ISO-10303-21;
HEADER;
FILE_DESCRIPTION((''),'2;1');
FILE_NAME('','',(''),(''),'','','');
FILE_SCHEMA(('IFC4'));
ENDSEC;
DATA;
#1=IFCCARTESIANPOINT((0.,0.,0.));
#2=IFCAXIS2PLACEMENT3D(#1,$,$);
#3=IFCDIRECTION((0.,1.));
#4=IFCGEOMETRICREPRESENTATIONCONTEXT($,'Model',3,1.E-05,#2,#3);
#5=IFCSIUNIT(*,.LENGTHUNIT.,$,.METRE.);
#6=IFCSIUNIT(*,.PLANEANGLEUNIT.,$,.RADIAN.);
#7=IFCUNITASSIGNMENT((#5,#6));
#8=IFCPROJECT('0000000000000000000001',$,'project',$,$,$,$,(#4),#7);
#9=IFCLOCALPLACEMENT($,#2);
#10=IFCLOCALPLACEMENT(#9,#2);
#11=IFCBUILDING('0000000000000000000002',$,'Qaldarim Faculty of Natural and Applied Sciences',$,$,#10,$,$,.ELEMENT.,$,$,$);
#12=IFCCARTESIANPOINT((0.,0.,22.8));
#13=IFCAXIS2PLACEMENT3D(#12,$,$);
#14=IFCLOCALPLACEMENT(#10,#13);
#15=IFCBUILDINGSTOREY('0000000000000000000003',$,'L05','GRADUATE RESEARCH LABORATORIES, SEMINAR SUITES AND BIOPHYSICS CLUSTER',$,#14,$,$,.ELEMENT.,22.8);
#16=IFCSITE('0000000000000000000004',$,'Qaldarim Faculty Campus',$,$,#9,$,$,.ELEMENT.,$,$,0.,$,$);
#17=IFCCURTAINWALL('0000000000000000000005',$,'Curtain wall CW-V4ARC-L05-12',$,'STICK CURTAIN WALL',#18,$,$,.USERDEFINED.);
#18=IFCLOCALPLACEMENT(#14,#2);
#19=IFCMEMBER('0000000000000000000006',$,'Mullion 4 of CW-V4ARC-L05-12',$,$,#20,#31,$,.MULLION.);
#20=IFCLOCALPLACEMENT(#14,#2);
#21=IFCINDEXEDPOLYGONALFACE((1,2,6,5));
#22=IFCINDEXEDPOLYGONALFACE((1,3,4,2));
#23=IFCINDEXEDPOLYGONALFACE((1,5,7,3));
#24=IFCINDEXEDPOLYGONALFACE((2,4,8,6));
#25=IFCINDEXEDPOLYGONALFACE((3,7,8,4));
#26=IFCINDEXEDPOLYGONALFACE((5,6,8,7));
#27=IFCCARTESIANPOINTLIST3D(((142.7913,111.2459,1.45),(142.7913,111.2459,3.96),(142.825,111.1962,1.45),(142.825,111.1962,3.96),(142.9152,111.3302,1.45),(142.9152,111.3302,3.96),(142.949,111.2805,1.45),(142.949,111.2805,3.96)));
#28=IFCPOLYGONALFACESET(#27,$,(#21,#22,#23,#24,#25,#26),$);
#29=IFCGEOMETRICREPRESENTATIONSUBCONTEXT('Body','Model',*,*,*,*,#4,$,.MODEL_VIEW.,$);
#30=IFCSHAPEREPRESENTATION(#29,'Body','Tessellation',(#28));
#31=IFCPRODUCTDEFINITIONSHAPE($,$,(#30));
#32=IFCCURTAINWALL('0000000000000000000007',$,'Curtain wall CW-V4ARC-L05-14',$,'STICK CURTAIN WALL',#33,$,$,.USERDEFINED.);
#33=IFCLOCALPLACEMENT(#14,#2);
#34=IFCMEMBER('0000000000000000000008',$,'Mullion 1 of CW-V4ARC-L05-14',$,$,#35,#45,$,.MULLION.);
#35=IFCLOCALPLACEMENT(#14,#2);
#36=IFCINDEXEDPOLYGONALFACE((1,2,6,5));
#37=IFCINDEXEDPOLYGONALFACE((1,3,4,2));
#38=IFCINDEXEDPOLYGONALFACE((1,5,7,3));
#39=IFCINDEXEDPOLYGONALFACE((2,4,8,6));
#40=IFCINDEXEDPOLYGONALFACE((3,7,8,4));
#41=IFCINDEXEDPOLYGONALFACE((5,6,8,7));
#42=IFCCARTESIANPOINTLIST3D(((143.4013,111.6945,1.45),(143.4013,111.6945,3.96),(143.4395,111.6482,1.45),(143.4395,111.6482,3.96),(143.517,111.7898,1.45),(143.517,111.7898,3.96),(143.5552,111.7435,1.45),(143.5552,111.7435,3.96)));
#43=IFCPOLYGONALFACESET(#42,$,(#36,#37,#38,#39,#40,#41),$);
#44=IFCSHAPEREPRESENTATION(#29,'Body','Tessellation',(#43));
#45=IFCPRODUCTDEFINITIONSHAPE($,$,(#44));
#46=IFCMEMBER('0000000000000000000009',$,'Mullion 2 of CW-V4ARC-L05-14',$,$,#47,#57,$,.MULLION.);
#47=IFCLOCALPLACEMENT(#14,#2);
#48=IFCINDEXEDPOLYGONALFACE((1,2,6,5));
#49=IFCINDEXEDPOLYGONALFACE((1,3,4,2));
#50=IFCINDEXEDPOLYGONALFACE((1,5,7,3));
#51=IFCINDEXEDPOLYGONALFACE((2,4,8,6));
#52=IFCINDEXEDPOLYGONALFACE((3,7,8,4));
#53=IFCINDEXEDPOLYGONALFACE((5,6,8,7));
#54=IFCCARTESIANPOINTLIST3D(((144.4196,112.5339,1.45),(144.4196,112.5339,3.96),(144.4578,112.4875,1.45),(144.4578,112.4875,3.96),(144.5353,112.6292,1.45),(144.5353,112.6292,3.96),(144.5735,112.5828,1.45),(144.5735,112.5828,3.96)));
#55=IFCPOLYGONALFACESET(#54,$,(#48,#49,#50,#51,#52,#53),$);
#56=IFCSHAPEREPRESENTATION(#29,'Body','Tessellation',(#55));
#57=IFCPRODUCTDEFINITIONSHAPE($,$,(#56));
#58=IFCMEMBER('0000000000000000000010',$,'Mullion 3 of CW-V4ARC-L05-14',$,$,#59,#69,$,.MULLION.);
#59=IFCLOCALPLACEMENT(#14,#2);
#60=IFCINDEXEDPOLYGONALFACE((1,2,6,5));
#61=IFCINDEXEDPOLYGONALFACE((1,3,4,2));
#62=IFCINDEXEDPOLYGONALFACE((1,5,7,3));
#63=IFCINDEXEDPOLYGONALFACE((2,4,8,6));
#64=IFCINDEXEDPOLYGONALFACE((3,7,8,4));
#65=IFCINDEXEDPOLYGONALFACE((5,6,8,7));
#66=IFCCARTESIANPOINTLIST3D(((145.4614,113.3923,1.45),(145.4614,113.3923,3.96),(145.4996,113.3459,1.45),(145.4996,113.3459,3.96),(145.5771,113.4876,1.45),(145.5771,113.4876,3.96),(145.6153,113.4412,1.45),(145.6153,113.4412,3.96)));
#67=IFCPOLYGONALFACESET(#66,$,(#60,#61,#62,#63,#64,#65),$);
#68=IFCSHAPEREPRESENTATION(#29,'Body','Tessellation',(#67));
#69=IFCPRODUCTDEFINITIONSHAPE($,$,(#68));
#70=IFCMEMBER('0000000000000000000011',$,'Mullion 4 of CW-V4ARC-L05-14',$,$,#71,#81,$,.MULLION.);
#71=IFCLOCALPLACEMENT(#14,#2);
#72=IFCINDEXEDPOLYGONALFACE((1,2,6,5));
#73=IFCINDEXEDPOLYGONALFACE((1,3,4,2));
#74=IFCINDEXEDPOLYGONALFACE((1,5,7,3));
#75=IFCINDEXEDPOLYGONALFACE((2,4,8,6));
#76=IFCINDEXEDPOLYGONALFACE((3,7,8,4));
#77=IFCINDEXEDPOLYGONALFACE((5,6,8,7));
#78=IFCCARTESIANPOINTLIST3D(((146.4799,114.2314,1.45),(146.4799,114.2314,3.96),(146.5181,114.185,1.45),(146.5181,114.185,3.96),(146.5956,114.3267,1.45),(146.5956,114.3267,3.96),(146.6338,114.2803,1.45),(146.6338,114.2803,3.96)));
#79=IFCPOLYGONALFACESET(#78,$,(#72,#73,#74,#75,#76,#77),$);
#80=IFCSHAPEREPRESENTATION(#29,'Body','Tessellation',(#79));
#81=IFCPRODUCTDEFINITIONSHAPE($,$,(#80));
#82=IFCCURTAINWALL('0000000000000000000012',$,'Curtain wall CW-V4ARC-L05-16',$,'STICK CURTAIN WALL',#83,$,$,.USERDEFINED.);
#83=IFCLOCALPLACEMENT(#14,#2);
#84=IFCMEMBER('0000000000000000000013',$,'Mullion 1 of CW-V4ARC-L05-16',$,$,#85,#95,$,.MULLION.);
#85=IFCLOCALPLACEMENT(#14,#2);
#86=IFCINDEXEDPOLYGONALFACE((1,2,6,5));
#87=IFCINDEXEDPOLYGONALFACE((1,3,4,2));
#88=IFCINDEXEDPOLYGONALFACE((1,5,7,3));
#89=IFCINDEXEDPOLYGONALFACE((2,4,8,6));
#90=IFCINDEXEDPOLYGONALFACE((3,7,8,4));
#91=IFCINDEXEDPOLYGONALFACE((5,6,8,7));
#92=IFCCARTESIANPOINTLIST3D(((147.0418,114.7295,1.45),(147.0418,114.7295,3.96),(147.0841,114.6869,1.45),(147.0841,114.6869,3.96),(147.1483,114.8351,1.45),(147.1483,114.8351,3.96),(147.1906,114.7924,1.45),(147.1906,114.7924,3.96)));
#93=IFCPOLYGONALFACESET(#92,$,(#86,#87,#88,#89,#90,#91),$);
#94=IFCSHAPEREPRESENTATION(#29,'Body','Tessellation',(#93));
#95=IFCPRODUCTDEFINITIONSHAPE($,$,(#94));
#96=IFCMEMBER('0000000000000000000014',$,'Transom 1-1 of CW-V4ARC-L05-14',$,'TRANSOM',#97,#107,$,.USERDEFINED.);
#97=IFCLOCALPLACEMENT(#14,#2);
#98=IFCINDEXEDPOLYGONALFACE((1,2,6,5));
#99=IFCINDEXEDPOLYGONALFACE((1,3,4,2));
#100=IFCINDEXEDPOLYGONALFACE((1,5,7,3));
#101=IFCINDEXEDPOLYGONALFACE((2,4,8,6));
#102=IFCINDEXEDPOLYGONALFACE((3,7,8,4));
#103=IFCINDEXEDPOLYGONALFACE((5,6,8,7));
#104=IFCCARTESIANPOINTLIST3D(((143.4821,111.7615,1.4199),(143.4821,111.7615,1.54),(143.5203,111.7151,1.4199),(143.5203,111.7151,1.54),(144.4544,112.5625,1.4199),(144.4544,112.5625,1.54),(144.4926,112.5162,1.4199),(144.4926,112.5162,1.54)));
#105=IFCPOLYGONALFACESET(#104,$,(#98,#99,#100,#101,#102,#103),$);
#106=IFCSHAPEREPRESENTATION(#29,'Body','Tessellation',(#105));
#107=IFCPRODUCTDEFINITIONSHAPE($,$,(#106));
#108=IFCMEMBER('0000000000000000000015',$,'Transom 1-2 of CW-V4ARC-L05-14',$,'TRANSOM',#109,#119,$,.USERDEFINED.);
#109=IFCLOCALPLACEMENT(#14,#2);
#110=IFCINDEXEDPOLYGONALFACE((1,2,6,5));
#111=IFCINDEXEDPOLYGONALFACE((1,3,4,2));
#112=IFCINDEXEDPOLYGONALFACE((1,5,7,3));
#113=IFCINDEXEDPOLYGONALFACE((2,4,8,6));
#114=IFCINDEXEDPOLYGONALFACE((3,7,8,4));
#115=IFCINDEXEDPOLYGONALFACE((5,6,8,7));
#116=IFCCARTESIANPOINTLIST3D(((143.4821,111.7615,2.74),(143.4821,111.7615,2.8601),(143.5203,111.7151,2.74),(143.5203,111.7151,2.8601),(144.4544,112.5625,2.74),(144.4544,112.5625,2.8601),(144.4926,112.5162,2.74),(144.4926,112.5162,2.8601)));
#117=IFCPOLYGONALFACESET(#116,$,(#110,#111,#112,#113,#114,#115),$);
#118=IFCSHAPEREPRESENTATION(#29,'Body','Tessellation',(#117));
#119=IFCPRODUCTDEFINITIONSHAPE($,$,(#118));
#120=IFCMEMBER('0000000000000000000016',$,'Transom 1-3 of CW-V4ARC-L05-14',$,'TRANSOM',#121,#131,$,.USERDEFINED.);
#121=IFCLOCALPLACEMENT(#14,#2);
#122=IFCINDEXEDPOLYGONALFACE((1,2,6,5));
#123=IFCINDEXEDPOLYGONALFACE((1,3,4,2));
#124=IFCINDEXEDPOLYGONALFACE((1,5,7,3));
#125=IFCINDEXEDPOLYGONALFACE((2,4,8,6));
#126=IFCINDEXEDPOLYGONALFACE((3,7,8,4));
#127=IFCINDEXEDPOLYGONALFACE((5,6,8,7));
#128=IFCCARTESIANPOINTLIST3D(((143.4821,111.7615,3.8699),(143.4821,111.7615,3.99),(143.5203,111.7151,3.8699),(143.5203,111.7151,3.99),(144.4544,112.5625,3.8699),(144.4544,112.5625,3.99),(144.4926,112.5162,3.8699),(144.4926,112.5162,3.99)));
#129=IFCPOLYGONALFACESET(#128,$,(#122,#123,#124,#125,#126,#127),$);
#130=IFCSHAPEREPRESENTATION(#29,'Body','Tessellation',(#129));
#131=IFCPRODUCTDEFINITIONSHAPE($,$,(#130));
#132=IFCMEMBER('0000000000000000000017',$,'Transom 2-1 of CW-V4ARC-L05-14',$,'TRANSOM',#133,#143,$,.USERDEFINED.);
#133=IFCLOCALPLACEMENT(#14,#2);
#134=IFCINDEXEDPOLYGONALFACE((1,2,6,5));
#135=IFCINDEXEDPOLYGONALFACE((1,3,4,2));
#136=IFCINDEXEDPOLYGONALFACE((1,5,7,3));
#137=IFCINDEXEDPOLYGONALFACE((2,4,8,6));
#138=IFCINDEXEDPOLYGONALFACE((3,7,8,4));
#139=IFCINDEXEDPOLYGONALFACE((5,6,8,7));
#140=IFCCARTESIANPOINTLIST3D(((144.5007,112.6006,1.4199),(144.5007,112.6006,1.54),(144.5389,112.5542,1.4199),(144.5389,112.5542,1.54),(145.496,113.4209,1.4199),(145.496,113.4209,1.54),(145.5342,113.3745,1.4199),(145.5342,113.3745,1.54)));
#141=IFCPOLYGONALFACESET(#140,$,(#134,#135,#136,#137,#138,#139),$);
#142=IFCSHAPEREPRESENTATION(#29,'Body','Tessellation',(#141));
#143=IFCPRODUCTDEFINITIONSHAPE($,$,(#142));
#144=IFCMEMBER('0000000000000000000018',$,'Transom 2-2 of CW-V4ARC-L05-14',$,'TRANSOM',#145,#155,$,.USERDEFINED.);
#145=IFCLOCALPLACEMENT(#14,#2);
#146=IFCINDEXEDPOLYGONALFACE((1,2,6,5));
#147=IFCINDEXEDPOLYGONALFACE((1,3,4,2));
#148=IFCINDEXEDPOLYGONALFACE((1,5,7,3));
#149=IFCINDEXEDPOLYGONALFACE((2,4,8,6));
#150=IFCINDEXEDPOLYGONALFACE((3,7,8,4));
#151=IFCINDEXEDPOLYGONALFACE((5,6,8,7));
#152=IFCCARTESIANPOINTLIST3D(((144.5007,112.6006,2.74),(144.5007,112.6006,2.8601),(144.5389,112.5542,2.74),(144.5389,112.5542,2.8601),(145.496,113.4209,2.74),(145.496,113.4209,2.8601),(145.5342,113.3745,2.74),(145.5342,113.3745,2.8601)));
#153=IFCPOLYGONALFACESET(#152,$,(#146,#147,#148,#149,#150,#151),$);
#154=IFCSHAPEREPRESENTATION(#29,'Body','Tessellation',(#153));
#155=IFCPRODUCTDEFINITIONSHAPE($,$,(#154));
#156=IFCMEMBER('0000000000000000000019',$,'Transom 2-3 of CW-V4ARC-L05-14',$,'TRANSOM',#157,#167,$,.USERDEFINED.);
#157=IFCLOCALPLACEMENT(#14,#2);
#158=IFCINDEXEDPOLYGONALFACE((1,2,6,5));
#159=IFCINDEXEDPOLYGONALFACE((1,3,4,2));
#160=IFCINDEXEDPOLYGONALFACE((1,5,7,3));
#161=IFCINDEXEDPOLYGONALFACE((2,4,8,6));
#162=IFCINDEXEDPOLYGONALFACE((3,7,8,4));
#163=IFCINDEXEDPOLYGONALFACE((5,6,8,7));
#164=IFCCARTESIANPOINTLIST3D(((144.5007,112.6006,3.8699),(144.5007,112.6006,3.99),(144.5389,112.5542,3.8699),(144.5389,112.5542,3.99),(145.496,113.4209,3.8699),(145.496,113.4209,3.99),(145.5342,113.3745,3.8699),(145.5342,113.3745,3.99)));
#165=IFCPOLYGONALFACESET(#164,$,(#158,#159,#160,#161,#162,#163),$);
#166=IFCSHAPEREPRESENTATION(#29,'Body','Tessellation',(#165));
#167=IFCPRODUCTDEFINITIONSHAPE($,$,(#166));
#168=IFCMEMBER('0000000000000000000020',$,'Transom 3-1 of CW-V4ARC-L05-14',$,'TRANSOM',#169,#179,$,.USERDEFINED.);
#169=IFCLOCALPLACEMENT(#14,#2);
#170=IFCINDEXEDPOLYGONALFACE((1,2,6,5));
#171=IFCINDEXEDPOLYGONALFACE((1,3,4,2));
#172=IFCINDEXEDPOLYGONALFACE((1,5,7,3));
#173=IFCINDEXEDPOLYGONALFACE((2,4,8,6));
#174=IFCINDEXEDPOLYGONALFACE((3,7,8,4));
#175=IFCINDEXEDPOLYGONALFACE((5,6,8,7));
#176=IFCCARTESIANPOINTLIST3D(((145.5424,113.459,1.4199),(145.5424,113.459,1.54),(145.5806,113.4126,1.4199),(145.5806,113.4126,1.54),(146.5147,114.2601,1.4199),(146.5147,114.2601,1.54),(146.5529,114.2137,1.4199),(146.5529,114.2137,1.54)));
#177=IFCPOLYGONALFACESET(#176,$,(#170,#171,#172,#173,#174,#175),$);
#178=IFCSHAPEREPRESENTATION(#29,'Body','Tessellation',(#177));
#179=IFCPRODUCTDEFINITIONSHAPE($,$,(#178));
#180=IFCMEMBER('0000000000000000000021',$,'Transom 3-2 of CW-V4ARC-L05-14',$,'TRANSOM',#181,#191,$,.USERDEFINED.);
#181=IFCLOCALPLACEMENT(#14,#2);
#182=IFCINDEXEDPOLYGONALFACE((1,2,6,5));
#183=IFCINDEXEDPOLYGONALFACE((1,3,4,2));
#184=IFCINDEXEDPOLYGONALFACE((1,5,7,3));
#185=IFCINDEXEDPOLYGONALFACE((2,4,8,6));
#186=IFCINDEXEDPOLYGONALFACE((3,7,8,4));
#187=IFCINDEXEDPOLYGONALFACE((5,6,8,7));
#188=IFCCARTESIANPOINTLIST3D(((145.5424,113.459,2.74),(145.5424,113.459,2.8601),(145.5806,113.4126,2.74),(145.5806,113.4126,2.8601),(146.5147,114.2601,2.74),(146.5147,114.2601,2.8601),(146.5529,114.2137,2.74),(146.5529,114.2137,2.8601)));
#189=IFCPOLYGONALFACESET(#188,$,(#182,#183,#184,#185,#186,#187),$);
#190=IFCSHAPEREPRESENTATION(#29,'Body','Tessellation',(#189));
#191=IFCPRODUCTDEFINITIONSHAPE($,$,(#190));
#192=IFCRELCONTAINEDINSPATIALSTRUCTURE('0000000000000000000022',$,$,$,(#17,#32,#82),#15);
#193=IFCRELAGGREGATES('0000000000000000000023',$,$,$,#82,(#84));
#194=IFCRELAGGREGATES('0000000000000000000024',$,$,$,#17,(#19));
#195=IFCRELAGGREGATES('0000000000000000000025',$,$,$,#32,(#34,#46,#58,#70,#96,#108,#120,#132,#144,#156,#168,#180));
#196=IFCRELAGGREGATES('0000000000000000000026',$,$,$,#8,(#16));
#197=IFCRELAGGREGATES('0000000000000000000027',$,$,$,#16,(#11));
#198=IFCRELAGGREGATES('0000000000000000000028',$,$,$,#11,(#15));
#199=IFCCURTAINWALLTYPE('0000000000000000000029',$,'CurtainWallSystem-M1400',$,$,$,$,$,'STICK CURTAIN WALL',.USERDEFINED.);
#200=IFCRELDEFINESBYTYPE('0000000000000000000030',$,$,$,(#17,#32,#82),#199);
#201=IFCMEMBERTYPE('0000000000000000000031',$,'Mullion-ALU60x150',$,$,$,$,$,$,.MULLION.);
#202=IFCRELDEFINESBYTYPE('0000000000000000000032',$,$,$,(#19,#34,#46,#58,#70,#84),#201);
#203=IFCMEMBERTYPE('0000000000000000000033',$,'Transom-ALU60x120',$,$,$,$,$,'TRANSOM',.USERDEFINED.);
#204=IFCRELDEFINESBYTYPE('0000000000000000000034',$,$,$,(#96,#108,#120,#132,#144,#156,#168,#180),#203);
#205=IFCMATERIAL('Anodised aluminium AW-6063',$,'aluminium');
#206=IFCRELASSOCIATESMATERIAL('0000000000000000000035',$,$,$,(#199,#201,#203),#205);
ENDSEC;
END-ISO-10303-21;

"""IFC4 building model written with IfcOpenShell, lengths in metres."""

from ifc_helpers import new_model, si_unit, direction, frame, origin, origin_2d, place, context, subcontext, project, spatial, rectangle, extrude, material, material_profile, profile_set, type_object, element, aggregate, save


model = new_model("IFC4")

# Units and contexts
model_context = context("Model", 3, precision=1e-05, world=origin(), true_north=direction((0.0, 1.0)))
body_context = subcontext(model_context, "Body", "Model", "MODEL_VIEW")
ifc_project = project(units=[si_unit("LENGTHUNIT", "METRE"), si_unit("PLANEANGLEUNIT", "RADIAN")], contexts=[model_context])

# Site, building, storey
site_placement = place(None, origin())
site = spatial("IfcSite", under=ifc_project, at=site_placement, Name="Qaldarim Faculty Campus", CompositionType="ELEMENT", RefElevation=0.0)
building_placement = place(site_placement, origin())
building = spatial("IfcBuilding", under=site, at=building_placement, Name="Qaldarim Faculty of Natural and Applied Sciences", CompositionType="ELEMENT")
storey_placement = place(building_placement, frame((0.0, 0.0, 22.8)))
storey = spatial("IfcBuildingStorey", under=building, at=storey_placement, Name="L05", Description="GRADUATE RESEARCH LABORATORIES, SEMINAR SUITES AND BIOPHYSICS CLUSTER", CompositionType="ELEMENT", Elevation=22.8)

# Curtain wall, member
ifc_material_1 = material(Name="Anodised aluminium AW-6063", Category="aluminium")
curtain_wall_type = type_object("IfcCurtainWallType", Name="CurtainWallSystem-M1400", ElementType="STICK CURTAIN WALL", PredefinedType="USERDEFINED", material=ifc_material_1)
curtain_wall_1_placement = place(storey_placement, origin())
curtain_wall_1 = element("IfcCurtainWall", 1, at=curtain_wall_1_placement, inside=storey, type_object=curtain_wall_type, Name="Curtain wall CW-V4ARC-L05-12", ObjectType="STICK CURTAIN WALL", PredefinedType="USERDEFINED")
ifc_material_profile_1 = material_profile(ifc_material_1, rectangle(XDim=0.0601, YDim=0.1499, at=origin_2d()), Name="ALU-M60x150")
ifc_profile_set_1 = profile_set([ifc_material_profile_1], Name="Anodised aluminium AW-6063")
member_type_1 = type_object("IfcMemberType", Name="Mullion-ALU60x150", PredefinedType="MULLION", material=ifc_profile_set_1)
member_1_placement = place(storey_placement, frame((142.8701, 111.2632, 1.45), z_axis=(0.0, 0.0, 1.0), x_axis=(-0.562372, 0.826884, 0.0)))
member_1 = element("IfcMember", 2, at=member_1_placement, type_object=member_type_1, Name="Mullion 4 of CW-V4ARC-L05-12", PredefinedType="MULLION", context=body_context, shape_type="SweptSolid", body=[
    extrude(rectangle(XDim=0.0601, YDim=0.1499, at=origin_2d()), origin(), (0.0, 0.0, 1.0), 2.51),
])

# Curtain wall, members
curtain_wall_2_placement = place(storey_placement, origin())
curtain_wall_2 = element("IfcCurtainWall", 3, at=curtain_wall_2_placement, inside=storey, type_object=curtain_wall_type, Name="Curtain wall CW-V4ARC-L05-14", ObjectType="STICK CURTAIN WALL", PredefinedType="USERDEFINED")
member_2_placement = place(storey_placement, frame((143.4783, 111.719, 1.45), z_axis=(0.0, 0.0, 1.0), x_axis=(-0.63593, 0.771747, 0.0)))
member_2 = element("IfcMember", 4, at=member_2_placement, type_object=member_type_1, Name="Mullion 1 of CW-V4ARC-L05-14", PredefinedType="MULLION", context=body_context, shape_type="SweptSolid", body=[
    extrude(rectangle(XDim=0.0601, YDim=0.1499, at=origin_2d()), origin(), (0.0, 0.0, 1.0), 2.51),
])
member_3_placement = place(storey_placement, frame((144.4966, 112.5583, 1.45), z_axis=(0.0, 0.0, 1.0), x_axis=(-0.63593, 0.771747, 0.0)))
member_3 = element("IfcMember", 5, at=member_3_placement, type_object=member_type_1, Name="Mullion 2 of CW-V4ARC-L05-14", PredefinedType="MULLION", context=body_context, shape_type="SweptSolid", body=[
    extrude(rectangle(XDim=0.0601, YDim=0.1499, at=origin_2d()), origin(), (0.0, 0.0, 1.0), 2.51),
])
member_4_placement = place(storey_placement, frame((145.5383, 113.4167, 1.45), z_axis=(0.0, 0.0, 1.0), x_axis=(-0.63593, 0.771747, 0.0)))
member_4 = element("IfcMember", 6, at=member_4_placement, type_object=member_type_1, Name="Mullion 3 of CW-V4ARC-L05-14", PredefinedType="MULLION", context=body_context, shape_type="SweptSolid", body=[
    extrude(rectangle(XDim=0.0601, YDim=0.1499, at=origin_2d()), origin(), (0.0, 0.0, 1.0), 2.51),
])
member_5_placement = place(storey_placement, frame((146.5569, 114.2559, 1.45), z_axis=(0.0, 0.0, 1.0), x_axis=(-0.63593, 0.771747, 0.0)))
member_5 = element("IfcMember", 7, at=member_5_placement, type_object=member_type_1, Name="Mullion 4 of CW-V4ARC-L05-14", PredefinedType="MULLION", context=body_context, shape_type="SweptSolid", body=[
    extrude(rectangle(XDim=0.0601, YDim=0.1499, at=origin_2d()), origin(), (0.0, 0.0, 1.0), 2.51),
])

# Curtain wall, member
curtain_wall_3_placement = place(storey_placement, origin())
curtain_wall_3 = element("IfcCurtainWall", 8, at=curtain_wall_3_placement, inside=storey, type_object=curtain_wall_type, Name="Curtain wall CW-V4ARC-L05-16", ObjectType="STICK CURTAIN WALL", PredefinedType="USERDEFINED")
member_6_placement = place(storey_placement, frame((147.1162, 114.761, 1.45), z_axis=(0.0, 0.0, 1.0), x_axis=(-0.704015, 0.710185, 0.0)))
member_6 = element("IfcMember", 9, at=member_6_placement, type_object=member_type_1, Name="Mullion 1 of CW-V4ARC-L05-16", PredefinedType="MULLION", context=body_context, shape_type="SweptSolid", body=[
    extrude(rectangle(XDim=0.0601, YDim=0.1499, at=origin_2d()), origin(), (0.0, 0.0, 1.0), 2.51),
])

# Members
ifc_material_profile_2 = material_profile(ifc_material_1, rectangle(XDim=0.0601, YDim=0.1201, at=origin_2d()), Name="ALU-T60x120")
ifc_profile_set_2 = profile_set([ifc_material_profile_2], Name="Anodised aluminium AW-6063")
member_type_2 = type_object("IfcMemberType", Name="Transom-ALU60x120", ElementType="TRANSOM", PredefinedType="USERDEFINED", material=ifc_profile_set_2)
member_7_placement = place(storey_placement, frame((143.5012, 111.7383, 1.48), z_axis=(0.771768, 0.635904, 0.0), x_axis=(-0.635904, 0.771768, 0.0)))
member_7 = element("IfcMember", 10, at=member_7_placement, type_object=member_type_2, Name="Transom 1-1 of CW-V4ARC-L05-14", ObjectType="TRANSOM", PredefinedType="USERDEFINED", context=body_context, shape_type="SweptSolid", body=[
    extrude(rectangle(XDim=0.0601, YDim=0.1201, at=origin_2d()), origin(), (0.0, 0.0, 1.0), 1.2598),
])
member_8_placement = place(storey_placement, frame((143.5012, 111.7383, 2.8), z_axis=(0.771768, 0.635904, 0.0), x_axis=(-0.635904, 0.771768, 0.0)))
member_8 = element("IfcMember", 11, at=member_8_placement, type_object=member_type_2, Name="Transom 1-2 of CW-V4ARC-L05-14", ObjectType="TRANSOM", PredefinedType="USERDEFINED", context=body_context, shape_type="SweptSolid", body=[
    extrude(rectangle(XDim=0.0601, YDim=0.1201, at=origin_2d()), origin(), (0.0, 0.0, 1.0), 1.2598),
])
member_9_placement = place(storey_placement, frame((143.5012, 111.7383, 3.9299), z_axis=(0.771768, 0.635904, 0.0), x_axis=(-0.635904, 0.771768, 0.0)))
member_9 = element("IfcMember", 12, at=member_9_placement, type_object=member_type_2, Name="Transom 1-3 of CW-V4ARC-L05-14", ObjectType="TRANSOM", PredefinedType="USERDEFINED", context=body_context, shape_type="SweptSolid", body=[
    extrude(rectangle(XDim=0.0601, YDim=0.1201, at=origin_2d()), origin(), (0.0, 0.0, 1.0), 1.2598),
])
member_10_placement = place(storey_placement, frame((144.5198, 112.5774, 1.48), z_axis=(0.771701, 0.635986, 0.0), x_axis=(-0.635986, 0.771701, 0.0)))
member_10 = element("IfcMember", 13, at=member_10_placement, type_object=member_type_2, Name="Transom 2-1 of CW-V4ARC-L05-14", ObjectType="TRANSOM", PredefinedType="USERDEFINED", context=body_context, shape_type="SweptSolid", body=[
    extrude(rectangle(XDim=0.0601, YDim=0.1201, at=origin_2d()), origin(), (0.0, 0.0, 1.0), 1.2898),
])
member_11_placement = place(storey_placement, frame((144.5198, 112.5774, 2.8), z_axis=(0.771701, 0.635986, 0.0), x_axis=(-0.635986, 0.771701, 0.0)))
member_11 = element("IfcMember", 14, at=member_11_placement, type_object=member_type_2, Name="Transom 2-2 of CW-V4ARC-L05-14", ObjectType="TRANSOM", PredefinedType="USERDEFINED", context=body_context, shape_type="SweptSolid", body=[
    extrude(rectangle(XDim=0.0601, YDim=0.1201, at=origin_2d()), origin(), (0.0, 0.0, 1.0), 1.2898),
])
member_12_placement = place(storey_placement, frame((144.5198, 112.5774, 3.9299), z_axis=(0.771701, 0.635986, 0.0), x_axis=(-0.635986, 0.771701, 0.0)))
member_12 = element("IfcMember", 15, at=member_12_placement, type_object=member_type_2, Name="Transom 2-3 of CW-V4ARC-L05-14", ObjectType="TRANSOM", PredefinedType="USERDEFINED", context=body_context, shape_type="SweptSolid", body=[
    extrude(rectangle(XDim=0.0601, YDim=0.1201, at=origin_2d()), origin(), (0.0, 0.0, 1.0), 1.2898),
])
member_13_placement = place(storey_placement, frame((145.5615, 113.4358, 1.48), z_axis=(0.771768, 0.635904, 0.0), x_axis=(-0.635904, 0.771768, 0.0)))
member_13 = element("IfcMember", 16, at=member_13_placement, type_object=member_type_2, Name="Transom 3-1 of CW-V4ARC-L05-14", ObjectType="TRANSOM", PredefinedType="USERDEFINED", context=body_context, shape_type="SweptSolid", body=[
    extrude(rectangle(XDim=0.0601, YDim=0.1201, at=origin_2d()), origin(), (0.0, 0.0, 1.0), 1.2598),
])
member_14_placement = place(storey_placement, frame((145.5615, 113.4358, 2.8), z_axis=(0.771768, 0.635904, 0.0), x_axis=(-0.635904, 0.771768, 0.0)))
member_14 = element("IfcMember", 17, at=member_14_placement, type_object=member_type_2, Name="Transom 3-2 of CW-V4ARC-L05-14", ObjectType="TRANSOM", PredefinedType="USERDEFINED", context=body_context, shape_type="SweptSolid", body=[
    extrude(rectangle(XDim=0.0601, YDim=0.1201, at=origin_2d()), origin(), (0.0, 0.0, 1.0), 1.2598),
])
aggregate(curtain_wall_3, [member_6])

aggregate(curtain_wall_1, [member_1])
aggregate(curtain_wall_2, [member_2, member_3, member_4, member_5, member_7, member_8, member_9, member_10, member_11, member_12, member_13, member_14])

save(model, "model.ifc")
